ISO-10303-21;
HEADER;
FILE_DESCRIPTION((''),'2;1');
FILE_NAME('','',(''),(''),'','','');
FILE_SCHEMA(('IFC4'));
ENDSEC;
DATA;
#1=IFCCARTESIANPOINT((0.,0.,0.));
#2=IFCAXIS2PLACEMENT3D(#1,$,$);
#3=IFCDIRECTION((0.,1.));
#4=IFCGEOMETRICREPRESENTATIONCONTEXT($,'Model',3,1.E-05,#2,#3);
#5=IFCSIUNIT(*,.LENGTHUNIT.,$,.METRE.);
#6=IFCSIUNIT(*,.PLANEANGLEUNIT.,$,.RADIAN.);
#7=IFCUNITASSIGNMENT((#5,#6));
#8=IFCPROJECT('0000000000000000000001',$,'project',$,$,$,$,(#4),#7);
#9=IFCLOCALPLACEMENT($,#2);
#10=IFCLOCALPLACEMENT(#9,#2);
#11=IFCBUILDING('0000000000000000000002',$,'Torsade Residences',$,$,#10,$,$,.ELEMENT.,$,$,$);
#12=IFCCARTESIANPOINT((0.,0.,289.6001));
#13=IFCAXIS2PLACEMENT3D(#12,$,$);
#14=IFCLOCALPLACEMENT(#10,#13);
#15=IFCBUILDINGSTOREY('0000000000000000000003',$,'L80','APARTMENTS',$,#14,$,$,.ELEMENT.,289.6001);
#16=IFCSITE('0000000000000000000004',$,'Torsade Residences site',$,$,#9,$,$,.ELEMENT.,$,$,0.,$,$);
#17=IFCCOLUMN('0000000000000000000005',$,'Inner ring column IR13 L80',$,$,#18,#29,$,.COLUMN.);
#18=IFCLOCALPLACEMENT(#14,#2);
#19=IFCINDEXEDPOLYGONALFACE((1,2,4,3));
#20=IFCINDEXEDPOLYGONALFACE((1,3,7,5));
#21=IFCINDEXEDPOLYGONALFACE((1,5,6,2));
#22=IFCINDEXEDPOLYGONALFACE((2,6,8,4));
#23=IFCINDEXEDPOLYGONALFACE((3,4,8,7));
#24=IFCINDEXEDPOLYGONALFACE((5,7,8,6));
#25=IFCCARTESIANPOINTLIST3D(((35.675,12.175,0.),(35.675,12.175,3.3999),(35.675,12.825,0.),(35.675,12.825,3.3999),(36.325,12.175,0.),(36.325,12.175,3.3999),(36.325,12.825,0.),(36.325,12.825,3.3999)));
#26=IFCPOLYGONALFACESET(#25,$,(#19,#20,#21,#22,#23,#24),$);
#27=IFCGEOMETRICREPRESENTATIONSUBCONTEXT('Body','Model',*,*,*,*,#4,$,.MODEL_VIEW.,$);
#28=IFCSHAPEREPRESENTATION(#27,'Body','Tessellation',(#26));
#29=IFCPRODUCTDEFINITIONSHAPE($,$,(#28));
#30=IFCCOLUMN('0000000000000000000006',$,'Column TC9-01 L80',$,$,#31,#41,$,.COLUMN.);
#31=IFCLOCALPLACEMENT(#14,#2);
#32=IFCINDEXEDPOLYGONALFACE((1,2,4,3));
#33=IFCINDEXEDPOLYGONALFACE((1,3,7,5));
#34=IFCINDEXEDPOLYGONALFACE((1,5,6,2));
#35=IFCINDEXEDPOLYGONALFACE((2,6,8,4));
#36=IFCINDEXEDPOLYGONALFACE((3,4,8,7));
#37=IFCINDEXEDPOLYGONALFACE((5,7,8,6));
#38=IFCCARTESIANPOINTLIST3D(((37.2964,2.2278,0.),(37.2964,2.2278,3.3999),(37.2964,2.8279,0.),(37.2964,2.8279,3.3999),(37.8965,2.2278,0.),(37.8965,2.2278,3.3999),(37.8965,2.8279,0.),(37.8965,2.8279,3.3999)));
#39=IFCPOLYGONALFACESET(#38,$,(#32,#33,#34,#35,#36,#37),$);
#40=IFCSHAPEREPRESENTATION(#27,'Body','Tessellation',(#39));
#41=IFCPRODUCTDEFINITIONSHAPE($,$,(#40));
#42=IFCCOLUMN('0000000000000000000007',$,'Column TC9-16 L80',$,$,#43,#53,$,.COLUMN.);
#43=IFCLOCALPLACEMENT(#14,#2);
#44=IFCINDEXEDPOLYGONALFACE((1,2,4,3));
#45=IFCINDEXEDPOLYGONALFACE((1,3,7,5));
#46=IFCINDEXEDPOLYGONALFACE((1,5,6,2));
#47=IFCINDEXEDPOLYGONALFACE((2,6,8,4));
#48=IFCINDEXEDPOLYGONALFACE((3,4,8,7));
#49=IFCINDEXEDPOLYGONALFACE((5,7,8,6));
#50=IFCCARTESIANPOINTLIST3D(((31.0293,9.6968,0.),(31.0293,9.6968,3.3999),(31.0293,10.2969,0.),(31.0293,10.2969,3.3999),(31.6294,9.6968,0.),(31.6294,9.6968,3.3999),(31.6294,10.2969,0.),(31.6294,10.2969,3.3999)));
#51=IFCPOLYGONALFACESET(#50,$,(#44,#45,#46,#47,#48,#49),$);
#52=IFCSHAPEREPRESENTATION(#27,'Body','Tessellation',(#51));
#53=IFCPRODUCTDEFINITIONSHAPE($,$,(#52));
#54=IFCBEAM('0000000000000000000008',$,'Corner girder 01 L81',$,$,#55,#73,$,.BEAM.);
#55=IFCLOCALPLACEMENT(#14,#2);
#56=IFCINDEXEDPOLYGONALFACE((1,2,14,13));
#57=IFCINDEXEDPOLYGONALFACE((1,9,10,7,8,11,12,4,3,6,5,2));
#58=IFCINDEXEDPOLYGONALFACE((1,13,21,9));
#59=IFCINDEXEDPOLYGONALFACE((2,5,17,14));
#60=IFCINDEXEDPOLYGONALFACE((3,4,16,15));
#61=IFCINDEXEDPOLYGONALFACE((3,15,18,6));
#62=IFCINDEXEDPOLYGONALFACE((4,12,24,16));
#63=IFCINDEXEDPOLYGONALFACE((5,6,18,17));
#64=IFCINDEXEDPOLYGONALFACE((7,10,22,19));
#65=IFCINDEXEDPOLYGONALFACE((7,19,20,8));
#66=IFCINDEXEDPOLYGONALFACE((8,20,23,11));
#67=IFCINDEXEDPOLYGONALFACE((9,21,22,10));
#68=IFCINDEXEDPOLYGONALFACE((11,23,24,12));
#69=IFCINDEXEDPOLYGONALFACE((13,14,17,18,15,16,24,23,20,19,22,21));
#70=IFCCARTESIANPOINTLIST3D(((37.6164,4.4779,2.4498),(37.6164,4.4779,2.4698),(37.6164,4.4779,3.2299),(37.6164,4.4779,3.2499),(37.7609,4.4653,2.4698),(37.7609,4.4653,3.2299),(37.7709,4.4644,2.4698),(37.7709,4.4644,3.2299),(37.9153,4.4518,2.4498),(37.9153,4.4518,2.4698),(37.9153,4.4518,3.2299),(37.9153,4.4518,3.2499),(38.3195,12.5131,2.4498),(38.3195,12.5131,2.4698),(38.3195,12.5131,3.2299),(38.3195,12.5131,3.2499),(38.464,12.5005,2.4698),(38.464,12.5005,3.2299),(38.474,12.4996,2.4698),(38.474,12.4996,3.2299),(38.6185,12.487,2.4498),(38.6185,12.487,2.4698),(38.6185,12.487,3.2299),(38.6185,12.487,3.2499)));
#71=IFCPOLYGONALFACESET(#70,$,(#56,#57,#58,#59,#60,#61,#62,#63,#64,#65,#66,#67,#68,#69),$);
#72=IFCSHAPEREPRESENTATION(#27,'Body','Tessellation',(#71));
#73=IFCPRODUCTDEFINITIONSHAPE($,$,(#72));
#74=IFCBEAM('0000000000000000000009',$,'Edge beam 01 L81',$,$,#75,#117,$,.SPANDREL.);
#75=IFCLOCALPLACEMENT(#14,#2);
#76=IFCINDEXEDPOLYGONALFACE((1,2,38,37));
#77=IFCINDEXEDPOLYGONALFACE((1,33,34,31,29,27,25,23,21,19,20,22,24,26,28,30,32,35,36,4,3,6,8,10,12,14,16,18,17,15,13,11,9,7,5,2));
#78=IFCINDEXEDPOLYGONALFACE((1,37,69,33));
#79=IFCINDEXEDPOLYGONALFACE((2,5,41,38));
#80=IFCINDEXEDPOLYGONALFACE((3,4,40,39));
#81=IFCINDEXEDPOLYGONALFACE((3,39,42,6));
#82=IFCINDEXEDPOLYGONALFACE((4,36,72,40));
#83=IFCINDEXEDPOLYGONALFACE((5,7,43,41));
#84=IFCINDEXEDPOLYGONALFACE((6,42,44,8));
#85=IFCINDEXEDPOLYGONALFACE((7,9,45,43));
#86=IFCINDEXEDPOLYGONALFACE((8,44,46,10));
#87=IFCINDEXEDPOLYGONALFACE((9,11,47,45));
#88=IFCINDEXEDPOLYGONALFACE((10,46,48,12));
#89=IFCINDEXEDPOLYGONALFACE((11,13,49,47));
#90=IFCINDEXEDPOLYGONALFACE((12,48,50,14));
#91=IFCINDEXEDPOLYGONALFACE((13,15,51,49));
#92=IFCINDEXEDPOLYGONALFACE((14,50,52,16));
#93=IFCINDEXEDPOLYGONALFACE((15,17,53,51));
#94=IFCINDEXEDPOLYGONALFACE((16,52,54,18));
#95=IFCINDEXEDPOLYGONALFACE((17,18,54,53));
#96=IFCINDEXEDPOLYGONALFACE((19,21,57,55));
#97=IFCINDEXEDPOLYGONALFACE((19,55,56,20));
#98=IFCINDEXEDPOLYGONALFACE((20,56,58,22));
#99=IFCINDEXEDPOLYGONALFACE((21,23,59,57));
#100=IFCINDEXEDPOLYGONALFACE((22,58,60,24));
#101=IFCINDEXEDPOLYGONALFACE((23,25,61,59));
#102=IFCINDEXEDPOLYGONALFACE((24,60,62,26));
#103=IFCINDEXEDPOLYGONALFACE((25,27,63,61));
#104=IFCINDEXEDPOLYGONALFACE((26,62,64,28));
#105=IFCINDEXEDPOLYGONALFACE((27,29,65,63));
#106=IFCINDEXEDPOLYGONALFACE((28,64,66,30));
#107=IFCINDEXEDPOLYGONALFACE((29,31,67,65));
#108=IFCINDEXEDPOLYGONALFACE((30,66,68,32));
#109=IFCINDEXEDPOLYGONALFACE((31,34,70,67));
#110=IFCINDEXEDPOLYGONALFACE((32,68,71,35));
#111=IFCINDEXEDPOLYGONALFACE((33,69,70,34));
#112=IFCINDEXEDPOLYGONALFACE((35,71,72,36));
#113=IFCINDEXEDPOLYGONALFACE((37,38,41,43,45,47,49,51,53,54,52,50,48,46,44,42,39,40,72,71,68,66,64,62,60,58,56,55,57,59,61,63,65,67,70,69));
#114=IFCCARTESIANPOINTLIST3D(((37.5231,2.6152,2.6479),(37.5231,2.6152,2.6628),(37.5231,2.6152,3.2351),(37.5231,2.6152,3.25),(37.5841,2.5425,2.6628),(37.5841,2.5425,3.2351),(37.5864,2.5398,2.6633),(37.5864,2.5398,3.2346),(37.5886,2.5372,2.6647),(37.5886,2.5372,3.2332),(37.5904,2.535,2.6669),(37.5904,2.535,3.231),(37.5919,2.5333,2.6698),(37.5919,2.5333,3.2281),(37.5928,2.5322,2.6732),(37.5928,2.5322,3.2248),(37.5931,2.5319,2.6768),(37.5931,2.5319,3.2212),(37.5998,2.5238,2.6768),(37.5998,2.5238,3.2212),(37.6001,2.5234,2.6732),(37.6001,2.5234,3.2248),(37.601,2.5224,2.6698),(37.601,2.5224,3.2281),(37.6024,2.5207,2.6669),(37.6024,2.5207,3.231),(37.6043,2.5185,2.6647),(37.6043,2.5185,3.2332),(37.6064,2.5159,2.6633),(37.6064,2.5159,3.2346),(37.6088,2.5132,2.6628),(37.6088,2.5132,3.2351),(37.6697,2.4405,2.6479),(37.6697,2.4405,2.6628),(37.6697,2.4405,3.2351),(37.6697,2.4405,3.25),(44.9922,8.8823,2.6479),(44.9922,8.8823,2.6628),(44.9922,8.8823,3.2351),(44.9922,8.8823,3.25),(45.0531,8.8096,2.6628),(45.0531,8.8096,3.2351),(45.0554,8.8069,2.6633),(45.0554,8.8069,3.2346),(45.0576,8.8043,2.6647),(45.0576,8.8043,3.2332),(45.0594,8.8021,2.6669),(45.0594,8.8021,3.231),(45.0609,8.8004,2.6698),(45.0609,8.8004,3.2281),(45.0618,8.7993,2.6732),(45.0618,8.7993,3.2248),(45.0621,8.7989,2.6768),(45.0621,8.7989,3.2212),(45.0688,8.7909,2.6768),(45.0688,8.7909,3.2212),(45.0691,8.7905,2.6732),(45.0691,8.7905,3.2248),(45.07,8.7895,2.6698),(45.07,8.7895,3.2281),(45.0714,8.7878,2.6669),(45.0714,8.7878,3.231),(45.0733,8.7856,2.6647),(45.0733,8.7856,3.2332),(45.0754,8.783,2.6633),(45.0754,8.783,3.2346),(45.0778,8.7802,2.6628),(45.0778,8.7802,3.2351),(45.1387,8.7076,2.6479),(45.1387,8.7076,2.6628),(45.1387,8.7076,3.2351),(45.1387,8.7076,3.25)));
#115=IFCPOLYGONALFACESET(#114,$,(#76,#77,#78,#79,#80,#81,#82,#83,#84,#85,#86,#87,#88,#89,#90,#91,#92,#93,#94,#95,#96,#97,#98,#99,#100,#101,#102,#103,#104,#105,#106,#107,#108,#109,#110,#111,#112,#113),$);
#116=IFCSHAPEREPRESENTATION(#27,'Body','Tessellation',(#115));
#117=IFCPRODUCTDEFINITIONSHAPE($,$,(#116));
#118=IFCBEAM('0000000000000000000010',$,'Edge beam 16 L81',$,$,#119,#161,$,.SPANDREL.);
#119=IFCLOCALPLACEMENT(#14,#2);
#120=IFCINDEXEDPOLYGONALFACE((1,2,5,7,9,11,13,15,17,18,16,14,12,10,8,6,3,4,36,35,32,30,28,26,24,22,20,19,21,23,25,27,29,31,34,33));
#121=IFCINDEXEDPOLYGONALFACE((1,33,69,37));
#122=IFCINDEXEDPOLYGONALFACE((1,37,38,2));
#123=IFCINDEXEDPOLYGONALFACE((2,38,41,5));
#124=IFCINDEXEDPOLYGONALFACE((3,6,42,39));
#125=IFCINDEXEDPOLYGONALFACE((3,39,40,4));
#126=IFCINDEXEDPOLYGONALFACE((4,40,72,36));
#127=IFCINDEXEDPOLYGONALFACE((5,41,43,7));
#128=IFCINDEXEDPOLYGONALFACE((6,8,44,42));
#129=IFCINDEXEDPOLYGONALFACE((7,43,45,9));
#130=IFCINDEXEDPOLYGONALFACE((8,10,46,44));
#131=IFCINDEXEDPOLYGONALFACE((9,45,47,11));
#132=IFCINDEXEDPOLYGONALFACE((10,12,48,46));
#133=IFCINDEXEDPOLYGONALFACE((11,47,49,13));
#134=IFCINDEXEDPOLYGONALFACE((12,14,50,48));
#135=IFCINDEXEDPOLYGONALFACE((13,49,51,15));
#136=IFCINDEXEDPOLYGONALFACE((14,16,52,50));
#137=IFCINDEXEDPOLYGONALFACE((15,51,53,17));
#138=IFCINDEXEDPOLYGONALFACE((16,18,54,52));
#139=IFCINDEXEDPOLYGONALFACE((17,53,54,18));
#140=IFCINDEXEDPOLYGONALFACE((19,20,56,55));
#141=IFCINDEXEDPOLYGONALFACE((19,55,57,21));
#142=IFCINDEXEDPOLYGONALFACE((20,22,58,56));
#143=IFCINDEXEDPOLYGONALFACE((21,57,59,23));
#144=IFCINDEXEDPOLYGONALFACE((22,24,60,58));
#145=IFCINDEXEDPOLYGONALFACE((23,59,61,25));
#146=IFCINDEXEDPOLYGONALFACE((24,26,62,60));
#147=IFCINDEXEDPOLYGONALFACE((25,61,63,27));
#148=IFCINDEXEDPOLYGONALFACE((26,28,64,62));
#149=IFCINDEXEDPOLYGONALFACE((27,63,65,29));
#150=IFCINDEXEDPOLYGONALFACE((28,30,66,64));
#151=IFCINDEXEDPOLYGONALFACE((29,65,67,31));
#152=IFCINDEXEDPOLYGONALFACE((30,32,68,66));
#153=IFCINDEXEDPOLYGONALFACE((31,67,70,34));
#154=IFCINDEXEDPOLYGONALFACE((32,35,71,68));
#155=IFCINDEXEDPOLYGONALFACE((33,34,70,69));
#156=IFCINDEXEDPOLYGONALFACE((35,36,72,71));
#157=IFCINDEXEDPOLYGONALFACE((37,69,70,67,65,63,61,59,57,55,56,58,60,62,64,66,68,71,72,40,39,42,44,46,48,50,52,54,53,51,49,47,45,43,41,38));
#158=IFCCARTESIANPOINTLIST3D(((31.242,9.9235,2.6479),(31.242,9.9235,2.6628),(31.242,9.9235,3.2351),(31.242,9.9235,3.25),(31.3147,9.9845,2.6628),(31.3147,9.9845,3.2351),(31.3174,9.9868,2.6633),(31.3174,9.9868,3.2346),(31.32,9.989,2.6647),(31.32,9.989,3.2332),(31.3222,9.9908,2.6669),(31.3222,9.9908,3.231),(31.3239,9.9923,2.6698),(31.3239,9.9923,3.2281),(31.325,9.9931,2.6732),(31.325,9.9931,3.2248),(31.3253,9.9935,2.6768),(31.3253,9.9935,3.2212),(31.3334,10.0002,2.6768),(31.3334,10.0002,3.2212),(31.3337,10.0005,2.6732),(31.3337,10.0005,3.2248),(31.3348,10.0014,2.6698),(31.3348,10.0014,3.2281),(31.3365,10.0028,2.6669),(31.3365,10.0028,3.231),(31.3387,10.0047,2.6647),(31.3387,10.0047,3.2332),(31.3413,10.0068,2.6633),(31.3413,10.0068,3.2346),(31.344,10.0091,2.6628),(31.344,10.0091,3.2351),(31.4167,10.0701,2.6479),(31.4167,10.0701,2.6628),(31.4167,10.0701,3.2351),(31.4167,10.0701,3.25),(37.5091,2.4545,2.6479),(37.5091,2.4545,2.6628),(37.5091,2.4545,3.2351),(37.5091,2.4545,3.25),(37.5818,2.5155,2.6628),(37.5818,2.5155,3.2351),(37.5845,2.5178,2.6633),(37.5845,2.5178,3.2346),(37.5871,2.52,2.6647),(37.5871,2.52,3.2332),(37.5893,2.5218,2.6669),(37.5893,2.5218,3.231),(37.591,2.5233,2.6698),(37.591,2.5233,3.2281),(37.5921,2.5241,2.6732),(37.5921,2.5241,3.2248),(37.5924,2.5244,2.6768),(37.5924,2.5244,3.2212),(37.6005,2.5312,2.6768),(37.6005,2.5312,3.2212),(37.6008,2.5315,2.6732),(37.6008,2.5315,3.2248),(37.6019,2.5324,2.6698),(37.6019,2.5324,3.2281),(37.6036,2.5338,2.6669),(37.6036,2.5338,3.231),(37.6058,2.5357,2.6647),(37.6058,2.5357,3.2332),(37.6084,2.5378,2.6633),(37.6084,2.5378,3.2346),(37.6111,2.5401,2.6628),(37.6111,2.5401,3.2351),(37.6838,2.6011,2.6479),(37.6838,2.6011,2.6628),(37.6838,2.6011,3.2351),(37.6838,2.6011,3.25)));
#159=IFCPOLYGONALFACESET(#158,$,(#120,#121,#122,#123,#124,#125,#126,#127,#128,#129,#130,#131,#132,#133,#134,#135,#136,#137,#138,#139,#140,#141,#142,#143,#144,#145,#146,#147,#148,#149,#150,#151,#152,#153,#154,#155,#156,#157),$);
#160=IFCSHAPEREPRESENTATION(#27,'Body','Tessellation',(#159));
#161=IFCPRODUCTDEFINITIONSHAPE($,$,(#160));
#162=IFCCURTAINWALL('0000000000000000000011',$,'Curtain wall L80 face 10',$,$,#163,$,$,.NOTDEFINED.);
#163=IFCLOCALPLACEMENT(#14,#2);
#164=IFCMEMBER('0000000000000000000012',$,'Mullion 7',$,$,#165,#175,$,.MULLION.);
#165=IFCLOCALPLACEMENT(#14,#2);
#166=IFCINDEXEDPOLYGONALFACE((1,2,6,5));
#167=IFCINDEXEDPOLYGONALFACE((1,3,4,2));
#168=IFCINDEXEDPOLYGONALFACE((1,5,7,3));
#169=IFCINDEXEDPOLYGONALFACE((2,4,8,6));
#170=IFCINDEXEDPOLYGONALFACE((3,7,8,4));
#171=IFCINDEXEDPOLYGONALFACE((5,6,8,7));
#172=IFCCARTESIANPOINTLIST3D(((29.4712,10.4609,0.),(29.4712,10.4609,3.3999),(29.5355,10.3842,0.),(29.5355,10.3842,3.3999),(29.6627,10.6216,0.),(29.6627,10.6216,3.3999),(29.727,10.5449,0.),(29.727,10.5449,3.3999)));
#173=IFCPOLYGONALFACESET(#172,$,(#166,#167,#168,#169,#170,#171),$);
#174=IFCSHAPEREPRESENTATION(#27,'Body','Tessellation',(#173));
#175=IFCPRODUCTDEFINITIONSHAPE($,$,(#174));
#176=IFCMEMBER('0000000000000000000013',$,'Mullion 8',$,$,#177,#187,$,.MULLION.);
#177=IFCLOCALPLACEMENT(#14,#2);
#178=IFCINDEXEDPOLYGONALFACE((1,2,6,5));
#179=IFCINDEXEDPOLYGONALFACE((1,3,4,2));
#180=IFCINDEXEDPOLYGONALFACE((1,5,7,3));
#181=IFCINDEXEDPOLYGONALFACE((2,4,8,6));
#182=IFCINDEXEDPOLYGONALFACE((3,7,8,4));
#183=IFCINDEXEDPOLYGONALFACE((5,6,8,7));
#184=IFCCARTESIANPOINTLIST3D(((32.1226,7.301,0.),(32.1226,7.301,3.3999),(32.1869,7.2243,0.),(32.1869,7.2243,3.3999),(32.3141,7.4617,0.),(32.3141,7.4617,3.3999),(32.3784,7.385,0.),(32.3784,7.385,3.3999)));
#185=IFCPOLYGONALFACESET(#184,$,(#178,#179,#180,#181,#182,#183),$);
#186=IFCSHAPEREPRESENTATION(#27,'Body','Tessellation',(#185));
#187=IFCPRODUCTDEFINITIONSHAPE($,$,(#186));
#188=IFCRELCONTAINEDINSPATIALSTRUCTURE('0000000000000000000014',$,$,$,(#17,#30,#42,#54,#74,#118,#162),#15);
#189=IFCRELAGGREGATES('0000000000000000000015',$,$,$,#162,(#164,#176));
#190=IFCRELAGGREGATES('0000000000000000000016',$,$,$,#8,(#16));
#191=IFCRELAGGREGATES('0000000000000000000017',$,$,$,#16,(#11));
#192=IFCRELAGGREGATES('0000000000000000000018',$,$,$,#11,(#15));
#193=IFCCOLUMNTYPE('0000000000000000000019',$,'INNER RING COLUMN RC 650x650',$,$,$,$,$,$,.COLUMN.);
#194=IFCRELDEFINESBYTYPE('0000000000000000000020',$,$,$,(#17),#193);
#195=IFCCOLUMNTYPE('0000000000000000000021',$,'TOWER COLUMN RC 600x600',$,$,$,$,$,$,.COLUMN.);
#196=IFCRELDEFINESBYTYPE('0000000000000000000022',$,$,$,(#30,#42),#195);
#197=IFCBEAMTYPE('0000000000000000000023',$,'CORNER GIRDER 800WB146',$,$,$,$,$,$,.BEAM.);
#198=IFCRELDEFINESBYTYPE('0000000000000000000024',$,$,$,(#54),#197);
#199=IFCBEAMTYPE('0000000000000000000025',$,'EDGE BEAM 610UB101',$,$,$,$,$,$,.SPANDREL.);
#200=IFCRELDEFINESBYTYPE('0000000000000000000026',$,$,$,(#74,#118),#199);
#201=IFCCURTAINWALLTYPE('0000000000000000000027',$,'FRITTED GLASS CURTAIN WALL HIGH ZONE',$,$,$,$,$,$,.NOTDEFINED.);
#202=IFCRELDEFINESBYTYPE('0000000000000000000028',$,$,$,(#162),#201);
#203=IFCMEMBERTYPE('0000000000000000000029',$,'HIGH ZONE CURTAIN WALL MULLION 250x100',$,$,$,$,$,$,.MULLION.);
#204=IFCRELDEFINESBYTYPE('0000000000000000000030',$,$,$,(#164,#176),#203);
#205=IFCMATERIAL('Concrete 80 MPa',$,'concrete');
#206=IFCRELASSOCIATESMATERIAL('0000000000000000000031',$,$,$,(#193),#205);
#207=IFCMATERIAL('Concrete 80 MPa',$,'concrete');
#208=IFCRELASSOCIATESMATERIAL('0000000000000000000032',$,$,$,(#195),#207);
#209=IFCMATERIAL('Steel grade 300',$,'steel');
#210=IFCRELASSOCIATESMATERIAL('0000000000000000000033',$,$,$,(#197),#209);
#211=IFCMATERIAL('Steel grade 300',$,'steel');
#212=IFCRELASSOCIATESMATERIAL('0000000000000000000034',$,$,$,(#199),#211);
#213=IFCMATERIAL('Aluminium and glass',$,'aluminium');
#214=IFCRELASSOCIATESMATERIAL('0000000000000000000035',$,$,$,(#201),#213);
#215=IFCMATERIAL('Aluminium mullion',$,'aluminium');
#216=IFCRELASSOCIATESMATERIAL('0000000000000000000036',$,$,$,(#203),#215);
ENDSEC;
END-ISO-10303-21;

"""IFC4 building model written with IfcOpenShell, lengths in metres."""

from ifc_helpers import new_model, si_unit, direction, frame, origin, origin_2d, place, context, subcontext, project, spatial, rectangle, i_section, extrude, material, material_profile, profile_set, type_object, element, aggregate, save


model = new_model("IFC4")

# Units and contexts
model_context = context("Model", 3, precision=1e-05, world=origin(), true_north=direction((0.0, 1.0)))
body_context = subcontext(model_context, "Body", "Model", "MODEL_VIEW")
ifc_project = project(units=[si_unit("LENGTHUNIT", "METRE"), si_unit("PLANEANGLEUNIT", "RADIAN")], contexts=[model_context])

# Site, building, storey
site_placement = place(None, origin())
site = spatial("IfcSite", under=ifc_project, at=site_placement, Name="Torsade Residences site", CompositionType="ELEMENT", RefElevation=0.0)
building_placement = place(site_placement, origin())
building = spatial("IfcBuilding", under=site, at=building_placement, Name="Torsade Residences", CompositionType="ELEMENT")
storey_placement = place(building_placement, frame((0.0, 0.0, 289.6001)))
storey = spatial("IfcBuildingStorey", under=building, at=storey_placement, Name="L80", Description="APARTMENTS", CompositionType="ELEMENT", Elevation=289.6001)

# Columns
ifc_material_1 = material(Name="Concrete 80 MPa", Category="concrete")
ifc_material_profile_1 = material_profile(ifc_material_1, rectangle(XDim=0.6499, YDim=0.6499, at=origin_2d()), Name="RC 650x650")
ifc_profile_set_1 = profile_set([ifc_material_profile_1], Name="Concrete 80 MPa")
column_type_1 = type_object("IfcColumnType", Name="INNER RING COLUMN RC 650x650", PredefinedType="COLUMN", material=ifc_profile_set_1)
column_placement = place(storey_placement, frame((36.0, 12.5, 0.0), z_axis=(0.0, 0.0, 1.0), x_axis=(1.0, 0.0, 0.0)))
element("IfcColumn", 1, at=column_placement, inside=storey, type_object=column_type_1, Name="Inner ring column IR13 L80", PredefinedType="COLUMN", context=body_context, shape_type="SweptSolid", body=[
    extrude(rectangle(XDim=0.6499, YDim=0.6499, at=origin_2d()), origin(), (0.0, 0.0, 1.0), 3.3999),
])
ifc_material_2 = material(Name="Concrete 80 MPa", Category="concrete")
ifc_material_profile_2 = material_profile(ifc_material_2, rectangle(XDim=0.6001, YDim=0.6001, at=origin_2d()), Name="RC 600x600")
ifc_profile_set_2 = profile_set([ifc_material_profile_2], Name="Concrete 80 MPa")
column_type_2 = type_object("IfcColumnType", Name="TOWER COLUMN RC 600x600", PredefinedType="COLUMN", material=ifc_profile_set_2)
for number, where, z_axis, x_axis, name in (
    (2, (37.5964, 2.5278, 0.0), (0.0, 0.0, 1.0), (1.0, 0.0, 0.0), "Column TC9-01 L80"),
    (3, (31.3293, 9.9968, 0.0), (0.0, 0.0, 1.0), (1.0, 0.0, 0.0), "Column TC9-16 L80"),
):
    element("IfcColumn", number, at=place(storey_placement, frame(where, z_axis=z_axis, x_axis=x_axis)), inside=storey, type_object=column_type_2, Name=name, PredefinedType="COLUMN", context=body_context, shape_type="SweptSolid", body=[
        extrude(rectangle(XDim=0.6001, YDim=0.6001, at=origin_2d()), origin(), (0.0, 0.0, 1.0), 3.3999),
    ])

# Beams
ifc_material_3 = material(Name="Steel grade 300", Category="steel")
ifc_material_profile_3 = material_profile(ifc_material_3, i_section(OverallWidth=0.3, OverallDepth=0.8, WebThickness=0.01, FlangeThickness=0.02, at=origin_2d()), Name="800WB146")
ifc_profile_set_3 = profile_set([ifc_material_profile_3], Name="Steel grade 300")
beam_type_1 = type_object("IfcBeamType", Name="CORNER GIRDER 800WB146", PredefinedType="BEAM", material=ifc_profile_set_3)
beam_1_placement = place(storey_placement, frame((37.7659, 4.4648, 2.8499), z_axis=(0.087173, 0.996193, 0.0), x_axis=(-0.996193, 0.087173, 0.0)))
element("IfcBeam", 4, at=beam_1_placement, inside=storey, type_object=beam_type_1, Name="Corner girder 01 L81", PredefinedType="BEAM", context=body_context, shape_type="SweptSolid", body=[
    extrude(i_section(OverallWidth=0.3, OverallDepth=0.8, WebThickness=0.01, FlangeThickness=0.02, at=origin_2d()), origin(), (0.0, 0.0, 1.0), 8.0659),
])
ifc_material_4 = material(Name="Steel grade 300", Category="steel")
ifc_material_profile_4 = material_profile(ifc_material_4, i_section(OverallWidth=0.228, OverallDepth=0.6021, WebThickness=0.0105, FlangeThickness=0.0149, FilletRadius=0.0139, at=origin_2d()), Name="610UB101")
ifc_profile_set_4 = profile_set([ifc_material_profile_4], Name="Steel grade 300")
beam_type_2 = type_object("IfcBeamType", Name="EDGE BEAM 610UB101", PredefinedType="SPANDREL", material=ifc_profile_set_4)
for number, where, z_axis, x_axis, name in (
    (5, (37.5964, 2.5278, 2.949), (0.766052, 0.642779, 0.0), (-0.642779, 0.766052, 0.0), "Edge beam 01 L81"),
    (6, (31.3293, 9.9968, 2.949), (0.642779, -0.766052, 0.0), (0.766052, 0.642779, 0.0), "Edge beam 16 L81"),
):
    element("IfcBeam", number, at=place(storey_placement, frame(where, z_axis=z_axis, x_axis=x_axis)), inside=storey, type_object=beam_type_2, Name=name, PredefinedType="SPANDREL", context=body_context, shape_type="SweptSolid", body=[
        extrude(i_section(OverallWidth=0.228, OverallDepth=0.6021, WebThickness=0.0105, FlangeThickness=0.0149, FilletRadius=0.0139, at=origin_2d()), origin(), (0.0, 0.0, 1.0), 9.75),
    ])

# Curtain wall, members
ifc_material_5 = material(Name="Aluminium and glass", Category="aluminium")
curtain_wall_type = type_object("IfcCurtainWallType", Name="FRITTED GLASS CURTAIN WALL HIGH ZONE", PredefinedType="NOTDEFINED", material=ifc_material_5)
curtain_wall_placement = place(storey_placement, origin())
curtain_wall = element("IfcCurtainWall", 7, at=curtain_wall_placement, inside=storey, type_object=curtain_wall_type, Name="Curtain wall L80 face 10", PredefinedType="NOTDEFINED")
ifc_material_6 = material(Name="Aluminium mullion", Category="aluminium")
ifc_material_profile_5 = material_profile(ifc_material_6, rectangle(XDim=0.25, YDim=0.1001, at=origin_2d()), Name="HIGH ZONE CURTAIN WALL MULLION 250x100")
ifc_profile_set_5 = profile_set([ifc_material_profile_5], Name="Aluminium mullion")
member_type_1 = type_object("IfcMemberType", Name="HIGH ZONE CURTAIN WALL MULLION 250x100", PredefinedType="MULLION", material=ifc_profile_set_5)
member_1_placement = place(storey_placement, frame((29.5991, 10.5029, 0.0), z_axis=(0.0, 0.0, 1.0), x_axis=(0.766044, 0.642788, 0.0)))
member_1 = element("IfcMember", 8, at=member_1_placement, type_object=member_type_1, Name="Mullion 7", PredefinedType="MULLION", context=body_context, shape_type="SweptSolid", body=[
    extrude(rectangle(XDim=0.25, YDim=0.1001, at=origin_2d()), origin(), (0.0, 0.0, 1.0), 3.3999),
])
member_2_placement = place(storey_placement, frame((32.2505, 7.343, 0.0), z_axis=(0.0, 0.0, 1.0), x_axis=(0.766044, 0.642788, 0.0)))
member_2 = element("IfcMember", 9, at=member_2_placement, type_object=member_type_1, Name="Mullion 8", PredefinedType="MULLION", context=body_context, shape_type="SweptSolid", body=[
    extrude(rectangle(XDim=0.25, YDim=0.1001, at=origin_2d()), origin(), (0.0, 0.0, 1.0), 3.3999),
])

aggregate(curtain_wall, [member_1, member_2])

save(model, "model.ifc")
